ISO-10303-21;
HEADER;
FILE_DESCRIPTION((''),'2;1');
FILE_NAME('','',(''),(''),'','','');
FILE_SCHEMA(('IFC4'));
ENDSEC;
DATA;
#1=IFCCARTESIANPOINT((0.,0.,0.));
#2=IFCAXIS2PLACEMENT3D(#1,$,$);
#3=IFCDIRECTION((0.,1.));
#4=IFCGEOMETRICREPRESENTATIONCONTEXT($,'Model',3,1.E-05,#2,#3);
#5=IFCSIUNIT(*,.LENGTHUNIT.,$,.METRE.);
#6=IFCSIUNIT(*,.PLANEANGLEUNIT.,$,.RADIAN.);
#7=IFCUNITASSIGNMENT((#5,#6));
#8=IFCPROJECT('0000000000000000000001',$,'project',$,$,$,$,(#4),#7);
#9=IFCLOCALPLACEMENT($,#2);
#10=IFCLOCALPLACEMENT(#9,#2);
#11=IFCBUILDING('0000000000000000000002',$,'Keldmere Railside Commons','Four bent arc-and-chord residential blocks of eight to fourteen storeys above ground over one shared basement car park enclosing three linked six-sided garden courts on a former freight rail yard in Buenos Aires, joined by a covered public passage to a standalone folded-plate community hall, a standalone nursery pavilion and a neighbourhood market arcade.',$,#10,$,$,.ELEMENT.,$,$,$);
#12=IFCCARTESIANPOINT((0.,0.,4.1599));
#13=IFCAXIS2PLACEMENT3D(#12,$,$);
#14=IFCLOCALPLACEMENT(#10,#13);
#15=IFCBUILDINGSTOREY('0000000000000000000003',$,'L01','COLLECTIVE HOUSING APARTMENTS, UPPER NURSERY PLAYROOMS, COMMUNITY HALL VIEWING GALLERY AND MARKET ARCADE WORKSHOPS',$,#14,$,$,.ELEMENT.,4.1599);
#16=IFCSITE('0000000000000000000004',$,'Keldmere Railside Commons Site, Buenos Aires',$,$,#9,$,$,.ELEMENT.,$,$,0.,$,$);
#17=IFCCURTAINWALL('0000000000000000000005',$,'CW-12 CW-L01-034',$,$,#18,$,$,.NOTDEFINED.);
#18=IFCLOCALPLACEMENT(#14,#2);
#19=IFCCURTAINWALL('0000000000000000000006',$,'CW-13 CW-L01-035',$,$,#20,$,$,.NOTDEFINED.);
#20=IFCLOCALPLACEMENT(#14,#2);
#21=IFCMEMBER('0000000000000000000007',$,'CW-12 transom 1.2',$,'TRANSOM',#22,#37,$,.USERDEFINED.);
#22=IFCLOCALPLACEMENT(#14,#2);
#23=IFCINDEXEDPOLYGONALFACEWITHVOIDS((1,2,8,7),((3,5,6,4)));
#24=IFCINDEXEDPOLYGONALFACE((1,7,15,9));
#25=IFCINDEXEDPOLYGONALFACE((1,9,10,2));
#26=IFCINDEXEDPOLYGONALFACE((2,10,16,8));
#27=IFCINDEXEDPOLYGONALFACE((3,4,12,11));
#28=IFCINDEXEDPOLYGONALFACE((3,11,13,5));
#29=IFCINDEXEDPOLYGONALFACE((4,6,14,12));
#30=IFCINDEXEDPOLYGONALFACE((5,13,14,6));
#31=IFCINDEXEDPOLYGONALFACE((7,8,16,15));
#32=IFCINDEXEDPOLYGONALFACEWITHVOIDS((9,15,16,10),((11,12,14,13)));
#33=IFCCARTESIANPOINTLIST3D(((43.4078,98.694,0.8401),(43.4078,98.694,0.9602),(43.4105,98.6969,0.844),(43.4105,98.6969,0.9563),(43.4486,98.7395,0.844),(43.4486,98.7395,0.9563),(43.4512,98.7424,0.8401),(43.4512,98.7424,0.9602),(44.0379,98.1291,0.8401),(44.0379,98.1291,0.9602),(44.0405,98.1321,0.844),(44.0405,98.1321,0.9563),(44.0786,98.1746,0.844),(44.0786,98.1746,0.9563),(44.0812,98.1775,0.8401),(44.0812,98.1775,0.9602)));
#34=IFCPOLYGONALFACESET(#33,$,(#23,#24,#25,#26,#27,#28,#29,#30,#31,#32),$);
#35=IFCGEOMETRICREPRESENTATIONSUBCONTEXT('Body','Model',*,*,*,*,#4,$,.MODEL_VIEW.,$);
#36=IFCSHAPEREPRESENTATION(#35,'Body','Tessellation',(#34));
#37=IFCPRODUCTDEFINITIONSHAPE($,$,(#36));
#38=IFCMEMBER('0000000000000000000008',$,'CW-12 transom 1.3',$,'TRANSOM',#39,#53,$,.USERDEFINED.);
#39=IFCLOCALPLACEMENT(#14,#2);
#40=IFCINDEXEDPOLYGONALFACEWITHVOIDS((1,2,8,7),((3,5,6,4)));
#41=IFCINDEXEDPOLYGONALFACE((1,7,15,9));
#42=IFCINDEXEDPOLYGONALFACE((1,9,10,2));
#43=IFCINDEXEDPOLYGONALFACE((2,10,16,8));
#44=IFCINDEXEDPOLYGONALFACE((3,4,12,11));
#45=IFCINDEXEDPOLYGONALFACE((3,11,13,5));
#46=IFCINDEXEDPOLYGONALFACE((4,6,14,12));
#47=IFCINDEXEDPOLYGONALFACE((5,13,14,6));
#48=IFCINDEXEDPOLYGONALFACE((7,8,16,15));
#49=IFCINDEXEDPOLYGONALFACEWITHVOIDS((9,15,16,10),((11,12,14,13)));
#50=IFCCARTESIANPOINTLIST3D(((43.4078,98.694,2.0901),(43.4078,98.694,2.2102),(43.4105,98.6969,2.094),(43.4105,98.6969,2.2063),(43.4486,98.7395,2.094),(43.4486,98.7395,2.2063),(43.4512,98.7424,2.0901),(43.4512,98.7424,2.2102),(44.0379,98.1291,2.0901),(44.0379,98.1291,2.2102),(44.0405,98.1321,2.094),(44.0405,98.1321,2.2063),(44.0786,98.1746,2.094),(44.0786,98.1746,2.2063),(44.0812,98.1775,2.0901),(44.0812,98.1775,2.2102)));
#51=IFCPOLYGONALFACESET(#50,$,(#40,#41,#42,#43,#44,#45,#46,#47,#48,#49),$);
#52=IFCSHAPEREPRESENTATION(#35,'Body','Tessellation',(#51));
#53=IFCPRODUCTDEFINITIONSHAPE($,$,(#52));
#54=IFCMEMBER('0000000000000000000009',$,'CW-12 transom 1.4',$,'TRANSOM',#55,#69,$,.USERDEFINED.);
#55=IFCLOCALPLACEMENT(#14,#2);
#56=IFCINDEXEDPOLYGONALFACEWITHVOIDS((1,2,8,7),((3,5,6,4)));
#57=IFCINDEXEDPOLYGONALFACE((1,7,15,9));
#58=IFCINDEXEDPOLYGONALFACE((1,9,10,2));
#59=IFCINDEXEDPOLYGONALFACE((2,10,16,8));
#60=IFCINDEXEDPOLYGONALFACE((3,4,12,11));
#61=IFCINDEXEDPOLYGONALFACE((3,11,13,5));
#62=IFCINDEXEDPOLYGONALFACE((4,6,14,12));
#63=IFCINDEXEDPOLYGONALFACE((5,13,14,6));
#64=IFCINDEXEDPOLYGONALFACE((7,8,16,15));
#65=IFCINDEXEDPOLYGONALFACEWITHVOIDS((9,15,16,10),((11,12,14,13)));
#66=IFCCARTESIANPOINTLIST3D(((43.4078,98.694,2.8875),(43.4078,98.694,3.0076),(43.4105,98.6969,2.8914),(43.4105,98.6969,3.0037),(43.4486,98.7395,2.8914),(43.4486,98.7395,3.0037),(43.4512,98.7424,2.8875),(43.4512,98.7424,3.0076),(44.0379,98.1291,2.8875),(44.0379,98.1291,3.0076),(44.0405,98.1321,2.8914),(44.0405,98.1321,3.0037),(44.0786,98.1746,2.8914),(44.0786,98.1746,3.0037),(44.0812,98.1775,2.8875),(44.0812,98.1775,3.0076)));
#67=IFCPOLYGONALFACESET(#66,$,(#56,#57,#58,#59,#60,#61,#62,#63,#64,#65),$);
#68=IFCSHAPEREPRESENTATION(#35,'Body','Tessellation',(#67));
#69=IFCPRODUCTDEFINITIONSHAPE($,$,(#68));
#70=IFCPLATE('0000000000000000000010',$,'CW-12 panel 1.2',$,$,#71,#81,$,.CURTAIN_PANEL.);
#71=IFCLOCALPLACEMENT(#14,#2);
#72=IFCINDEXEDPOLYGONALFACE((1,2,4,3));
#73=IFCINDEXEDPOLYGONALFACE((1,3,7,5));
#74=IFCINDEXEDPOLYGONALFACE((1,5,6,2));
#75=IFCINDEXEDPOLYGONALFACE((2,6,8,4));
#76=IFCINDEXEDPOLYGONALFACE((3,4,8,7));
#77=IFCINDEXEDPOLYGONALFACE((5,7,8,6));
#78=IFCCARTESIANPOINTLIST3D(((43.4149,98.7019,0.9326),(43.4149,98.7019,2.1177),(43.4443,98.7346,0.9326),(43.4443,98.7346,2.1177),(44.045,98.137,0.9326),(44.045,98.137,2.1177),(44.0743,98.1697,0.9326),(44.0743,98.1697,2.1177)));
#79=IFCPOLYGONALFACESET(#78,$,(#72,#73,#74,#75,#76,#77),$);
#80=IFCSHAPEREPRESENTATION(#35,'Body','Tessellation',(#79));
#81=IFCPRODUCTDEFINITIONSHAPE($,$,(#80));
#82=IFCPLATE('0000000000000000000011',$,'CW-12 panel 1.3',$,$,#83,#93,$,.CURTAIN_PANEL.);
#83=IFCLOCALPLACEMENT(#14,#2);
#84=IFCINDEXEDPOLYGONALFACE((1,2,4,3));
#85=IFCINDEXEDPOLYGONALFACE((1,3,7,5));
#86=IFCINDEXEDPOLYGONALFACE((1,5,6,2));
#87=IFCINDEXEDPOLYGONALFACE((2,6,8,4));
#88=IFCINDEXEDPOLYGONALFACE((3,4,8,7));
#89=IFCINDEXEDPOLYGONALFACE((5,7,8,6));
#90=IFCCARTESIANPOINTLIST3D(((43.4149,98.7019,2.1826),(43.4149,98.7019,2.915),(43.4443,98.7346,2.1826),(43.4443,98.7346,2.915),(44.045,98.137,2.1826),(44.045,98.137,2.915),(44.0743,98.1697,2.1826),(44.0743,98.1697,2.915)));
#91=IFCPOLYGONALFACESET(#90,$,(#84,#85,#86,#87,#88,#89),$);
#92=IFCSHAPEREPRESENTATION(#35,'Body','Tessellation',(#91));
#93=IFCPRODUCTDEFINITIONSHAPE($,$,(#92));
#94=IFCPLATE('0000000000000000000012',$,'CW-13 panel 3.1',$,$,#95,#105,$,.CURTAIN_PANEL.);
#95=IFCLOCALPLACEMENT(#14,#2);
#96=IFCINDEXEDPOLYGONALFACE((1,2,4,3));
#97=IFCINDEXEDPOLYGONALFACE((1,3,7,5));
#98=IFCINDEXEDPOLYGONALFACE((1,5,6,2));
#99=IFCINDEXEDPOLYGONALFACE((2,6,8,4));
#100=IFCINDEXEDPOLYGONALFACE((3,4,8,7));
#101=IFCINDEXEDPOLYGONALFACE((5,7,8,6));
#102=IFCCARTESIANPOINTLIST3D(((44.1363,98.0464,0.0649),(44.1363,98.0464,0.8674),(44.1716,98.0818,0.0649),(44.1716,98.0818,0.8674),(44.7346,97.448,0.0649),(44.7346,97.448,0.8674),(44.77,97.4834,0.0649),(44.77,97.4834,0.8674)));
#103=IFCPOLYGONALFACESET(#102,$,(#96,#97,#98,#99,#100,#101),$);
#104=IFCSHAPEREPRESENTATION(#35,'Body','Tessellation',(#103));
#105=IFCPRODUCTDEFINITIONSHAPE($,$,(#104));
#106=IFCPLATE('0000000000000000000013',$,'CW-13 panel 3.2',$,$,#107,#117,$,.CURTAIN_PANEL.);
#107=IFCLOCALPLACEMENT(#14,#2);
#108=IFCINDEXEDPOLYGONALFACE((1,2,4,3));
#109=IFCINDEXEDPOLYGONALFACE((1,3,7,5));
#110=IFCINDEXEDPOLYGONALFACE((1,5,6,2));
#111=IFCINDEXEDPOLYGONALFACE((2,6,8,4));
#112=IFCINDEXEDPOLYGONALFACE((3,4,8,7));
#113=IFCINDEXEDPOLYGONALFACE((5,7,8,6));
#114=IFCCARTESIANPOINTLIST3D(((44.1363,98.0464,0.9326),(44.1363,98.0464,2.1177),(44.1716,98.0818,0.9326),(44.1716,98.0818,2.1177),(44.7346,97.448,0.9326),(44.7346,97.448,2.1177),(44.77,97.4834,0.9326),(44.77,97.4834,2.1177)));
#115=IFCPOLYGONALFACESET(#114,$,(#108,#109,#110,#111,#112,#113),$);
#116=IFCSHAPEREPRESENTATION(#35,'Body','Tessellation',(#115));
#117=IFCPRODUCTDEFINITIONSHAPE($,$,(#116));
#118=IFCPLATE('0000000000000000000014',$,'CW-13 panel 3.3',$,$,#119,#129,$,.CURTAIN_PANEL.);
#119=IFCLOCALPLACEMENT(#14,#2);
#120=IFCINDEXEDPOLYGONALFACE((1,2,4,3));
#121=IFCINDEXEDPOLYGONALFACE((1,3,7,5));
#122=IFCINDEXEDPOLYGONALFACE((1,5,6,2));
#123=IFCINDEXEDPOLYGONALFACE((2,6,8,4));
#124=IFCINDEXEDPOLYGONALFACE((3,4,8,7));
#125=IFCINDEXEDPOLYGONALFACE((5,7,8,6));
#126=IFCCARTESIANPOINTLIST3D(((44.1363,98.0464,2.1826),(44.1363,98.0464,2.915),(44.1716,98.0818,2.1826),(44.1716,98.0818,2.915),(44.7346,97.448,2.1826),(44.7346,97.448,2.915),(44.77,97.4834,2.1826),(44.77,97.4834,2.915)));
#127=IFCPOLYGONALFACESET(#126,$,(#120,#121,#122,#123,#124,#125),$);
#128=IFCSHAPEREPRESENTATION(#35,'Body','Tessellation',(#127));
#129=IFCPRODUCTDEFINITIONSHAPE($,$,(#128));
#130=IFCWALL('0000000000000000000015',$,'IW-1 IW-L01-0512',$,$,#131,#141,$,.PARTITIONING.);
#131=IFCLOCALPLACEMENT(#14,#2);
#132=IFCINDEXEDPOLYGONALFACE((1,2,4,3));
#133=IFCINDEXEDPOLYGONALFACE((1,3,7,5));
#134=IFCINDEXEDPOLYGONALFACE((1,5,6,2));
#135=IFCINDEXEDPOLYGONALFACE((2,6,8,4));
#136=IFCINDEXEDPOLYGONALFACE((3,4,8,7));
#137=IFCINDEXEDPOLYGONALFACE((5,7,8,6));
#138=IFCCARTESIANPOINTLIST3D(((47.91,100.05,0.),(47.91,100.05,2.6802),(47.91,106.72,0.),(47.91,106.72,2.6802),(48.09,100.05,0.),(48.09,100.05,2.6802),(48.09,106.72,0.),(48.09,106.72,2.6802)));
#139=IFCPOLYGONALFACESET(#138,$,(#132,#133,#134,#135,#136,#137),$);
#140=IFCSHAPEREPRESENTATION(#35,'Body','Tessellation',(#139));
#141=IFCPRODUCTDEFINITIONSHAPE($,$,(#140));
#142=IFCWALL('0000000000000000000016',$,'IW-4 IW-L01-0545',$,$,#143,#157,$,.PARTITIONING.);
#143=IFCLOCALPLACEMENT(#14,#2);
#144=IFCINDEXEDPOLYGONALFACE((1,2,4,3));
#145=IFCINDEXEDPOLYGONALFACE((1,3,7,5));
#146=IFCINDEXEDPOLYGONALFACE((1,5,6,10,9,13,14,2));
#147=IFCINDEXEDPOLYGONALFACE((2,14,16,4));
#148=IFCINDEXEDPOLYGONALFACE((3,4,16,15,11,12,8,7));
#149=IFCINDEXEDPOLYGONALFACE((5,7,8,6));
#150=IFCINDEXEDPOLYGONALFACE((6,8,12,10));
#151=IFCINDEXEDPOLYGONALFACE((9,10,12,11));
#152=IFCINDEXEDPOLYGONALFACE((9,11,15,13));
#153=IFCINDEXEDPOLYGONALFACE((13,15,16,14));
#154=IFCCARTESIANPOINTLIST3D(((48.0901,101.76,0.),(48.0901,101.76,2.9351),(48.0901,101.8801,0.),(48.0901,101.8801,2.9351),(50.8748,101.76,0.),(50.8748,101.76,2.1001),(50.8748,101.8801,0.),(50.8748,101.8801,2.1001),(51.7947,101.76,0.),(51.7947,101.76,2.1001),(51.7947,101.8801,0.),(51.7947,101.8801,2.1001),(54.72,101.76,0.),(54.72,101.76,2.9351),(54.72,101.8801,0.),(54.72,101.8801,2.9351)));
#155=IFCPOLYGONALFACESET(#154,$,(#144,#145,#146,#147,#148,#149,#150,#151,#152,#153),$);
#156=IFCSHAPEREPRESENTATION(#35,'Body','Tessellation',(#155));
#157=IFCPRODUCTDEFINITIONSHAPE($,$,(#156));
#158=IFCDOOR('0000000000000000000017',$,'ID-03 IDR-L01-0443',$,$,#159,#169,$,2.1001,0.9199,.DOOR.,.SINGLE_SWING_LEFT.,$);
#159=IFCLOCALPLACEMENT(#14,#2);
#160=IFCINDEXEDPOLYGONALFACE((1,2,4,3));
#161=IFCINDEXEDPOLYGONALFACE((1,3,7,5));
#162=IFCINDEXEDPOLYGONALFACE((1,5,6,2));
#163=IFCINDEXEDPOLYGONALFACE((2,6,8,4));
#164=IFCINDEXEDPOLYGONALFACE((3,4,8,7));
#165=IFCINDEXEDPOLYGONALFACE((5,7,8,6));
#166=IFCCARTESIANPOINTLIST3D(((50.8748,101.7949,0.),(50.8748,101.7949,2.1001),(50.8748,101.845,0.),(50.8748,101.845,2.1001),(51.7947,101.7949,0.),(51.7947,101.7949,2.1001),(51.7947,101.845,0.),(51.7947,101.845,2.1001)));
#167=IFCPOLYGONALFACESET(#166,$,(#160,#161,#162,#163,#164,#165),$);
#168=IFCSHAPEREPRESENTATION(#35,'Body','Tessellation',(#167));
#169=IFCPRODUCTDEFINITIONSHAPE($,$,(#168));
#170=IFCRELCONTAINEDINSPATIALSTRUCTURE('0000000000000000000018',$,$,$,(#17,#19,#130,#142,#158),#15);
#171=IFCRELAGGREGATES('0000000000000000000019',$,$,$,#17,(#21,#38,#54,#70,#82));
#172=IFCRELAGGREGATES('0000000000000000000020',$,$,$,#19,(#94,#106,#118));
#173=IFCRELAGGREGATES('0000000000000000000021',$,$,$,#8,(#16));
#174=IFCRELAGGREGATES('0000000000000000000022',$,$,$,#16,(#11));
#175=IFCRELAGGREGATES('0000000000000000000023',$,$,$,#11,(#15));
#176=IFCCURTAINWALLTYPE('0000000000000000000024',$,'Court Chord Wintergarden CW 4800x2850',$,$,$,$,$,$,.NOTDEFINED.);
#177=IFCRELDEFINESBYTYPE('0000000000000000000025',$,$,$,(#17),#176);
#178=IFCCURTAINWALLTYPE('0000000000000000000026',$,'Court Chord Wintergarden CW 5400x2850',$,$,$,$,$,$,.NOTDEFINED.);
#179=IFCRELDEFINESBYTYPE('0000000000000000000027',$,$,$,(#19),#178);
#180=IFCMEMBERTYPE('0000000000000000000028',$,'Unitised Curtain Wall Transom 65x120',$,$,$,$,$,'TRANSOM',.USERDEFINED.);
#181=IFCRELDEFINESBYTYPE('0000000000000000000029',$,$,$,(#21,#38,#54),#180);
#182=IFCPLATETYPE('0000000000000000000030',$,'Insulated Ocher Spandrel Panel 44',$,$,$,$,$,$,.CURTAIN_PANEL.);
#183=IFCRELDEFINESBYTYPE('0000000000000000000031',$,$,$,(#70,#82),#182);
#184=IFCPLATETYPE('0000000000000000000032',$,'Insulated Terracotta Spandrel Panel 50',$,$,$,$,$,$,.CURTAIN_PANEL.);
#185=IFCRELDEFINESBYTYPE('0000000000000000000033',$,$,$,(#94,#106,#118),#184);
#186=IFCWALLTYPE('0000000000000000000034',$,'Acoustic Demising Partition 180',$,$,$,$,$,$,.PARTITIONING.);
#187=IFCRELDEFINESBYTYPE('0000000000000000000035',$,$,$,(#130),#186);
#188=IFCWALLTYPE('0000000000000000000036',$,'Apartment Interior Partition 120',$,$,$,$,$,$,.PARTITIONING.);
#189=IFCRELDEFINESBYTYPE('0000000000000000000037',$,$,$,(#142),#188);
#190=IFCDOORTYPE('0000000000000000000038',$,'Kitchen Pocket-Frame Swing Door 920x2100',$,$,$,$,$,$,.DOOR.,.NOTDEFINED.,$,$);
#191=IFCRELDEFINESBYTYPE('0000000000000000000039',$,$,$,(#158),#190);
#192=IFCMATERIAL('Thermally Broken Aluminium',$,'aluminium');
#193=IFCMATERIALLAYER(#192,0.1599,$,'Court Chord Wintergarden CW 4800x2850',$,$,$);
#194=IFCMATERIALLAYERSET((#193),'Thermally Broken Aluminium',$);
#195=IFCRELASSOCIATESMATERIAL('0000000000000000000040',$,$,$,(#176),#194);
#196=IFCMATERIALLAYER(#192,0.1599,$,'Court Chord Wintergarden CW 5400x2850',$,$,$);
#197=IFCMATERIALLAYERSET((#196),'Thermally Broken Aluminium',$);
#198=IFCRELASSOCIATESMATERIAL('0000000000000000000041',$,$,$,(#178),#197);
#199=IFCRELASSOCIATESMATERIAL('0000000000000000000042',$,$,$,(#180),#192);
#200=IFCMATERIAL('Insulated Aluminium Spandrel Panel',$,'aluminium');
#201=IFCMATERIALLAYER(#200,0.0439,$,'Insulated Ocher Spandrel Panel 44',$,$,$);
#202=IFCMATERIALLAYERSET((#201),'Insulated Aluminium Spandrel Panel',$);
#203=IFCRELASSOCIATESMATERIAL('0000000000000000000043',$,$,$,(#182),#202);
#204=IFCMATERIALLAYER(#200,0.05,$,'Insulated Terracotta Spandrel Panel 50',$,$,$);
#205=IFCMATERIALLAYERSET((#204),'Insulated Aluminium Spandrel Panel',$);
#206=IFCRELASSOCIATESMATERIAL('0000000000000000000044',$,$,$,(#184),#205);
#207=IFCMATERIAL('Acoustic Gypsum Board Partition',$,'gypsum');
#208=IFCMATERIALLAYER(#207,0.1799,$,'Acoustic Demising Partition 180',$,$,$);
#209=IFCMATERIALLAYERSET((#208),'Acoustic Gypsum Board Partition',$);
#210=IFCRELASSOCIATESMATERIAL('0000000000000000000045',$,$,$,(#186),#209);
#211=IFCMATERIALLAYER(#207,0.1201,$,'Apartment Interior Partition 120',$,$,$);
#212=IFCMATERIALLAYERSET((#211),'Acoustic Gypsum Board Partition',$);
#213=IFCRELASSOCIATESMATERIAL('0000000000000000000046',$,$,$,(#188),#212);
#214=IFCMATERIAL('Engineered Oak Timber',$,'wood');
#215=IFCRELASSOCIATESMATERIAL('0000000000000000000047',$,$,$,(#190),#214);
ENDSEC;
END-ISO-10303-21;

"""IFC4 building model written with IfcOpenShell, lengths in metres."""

from ifc_helpers import new_model, si_unit, direction, frame, frame_2d, origin, origin_2d, place, context, subcontext, project, spatial, rectangle, hollow_rectangle, extrude, material, layer, layer_set, material_profile, profile_set, type_object, element, fill, aggregate, save


model = new_model("IFC4")

# Units and contexts
model_context = context("Model", 3, precision=1e-05, world=origin(), true_north=direction((0.0, 1.0)))
body_context = subcontext(model_context, "Body", "Model", "MODEL_VIEW")
ifc_project = project(units=[si_unit("LENGTHUNIT", "METRE"), si_unit("PLANEANGLEUNIT", "RADIAN")], contexts=[model_context])

# Site, building, storey
site_placement = place(None, origin())
site = spatial("IfcSite", under=ifc_project, at=site_placement, Name="Keldmere Railside Commons Site, Buenos Aires", CompositionType="ELEMENT", RefElevation=0.0)
building_placement = place(site_placement, origin())
building = spatial("IfcBuilding", under=site, at=building_placement, Name="Keldmere Railside Commons", Description="Four bent arc-and-chord residential blocks of eight to fourteen storeys above ground over one shared basement car park enclosing three linked six-sided garden courts on a former freight rail yard in Buenos Aires, joined by a covered public passage to a standalone folded-plate community hall, a standalone nursery pavilion and a neighbourhood market arcade.", CompositionType="ELEMENT")
storey_placement = place(building_placement, frame((0.0, 0.0, 4.1599)))
storey = spatial("IfcBuildingStorey", under=building, at=storey_placement, Name="L01", Description="COLLECTIVE HOUSING APARTMENTS, UPPER NURSERY PLAYROOMS, COMMUNITY HALL VIEWING GALLERY AND MARKET ARCADE WORKSHOPS", CompositionType="ELEMENT", Elevation=4.1599)

# Curtain walls
ifc_material_1 = material(Name="Thermally Broken Aluminium", Category="aluminium")
ifc_layer_1 = layer(ifc_material_1, 0.1599, Name="Court Chord Wintergarden CW 4800x2850")
ifc_layer_set_1 = layer_set([ifc_layer_1], Name="Thermally Broken Aluminium")
curtain_wall_type_1 = type_object("IfcCurtainWallType", Name="Court Chord Wintergarden CW 4800x2850", PredefinedType="NOTDEFINED", material=ifc_layer_set_1)
curtain_wall_1_placement = place(storey_placement, origin())
curtain_wall_1 = element("IfcCurtainWall", 1, at=curtain_wall_1_placement, inside=storey, type_object=curtain_wall_type_1, Name="CW-12 CW-L01-034", PredefinedType="NOTDEFINED")
ifc_layer_2 = layer(ifc_material_1, 0.1599, Name="Court Chord Wintergarden CW 5400x2850")
ifc_layer_set_2 = layer_set([ifc_layer_2], Name="Thermally Broken Aluminium")
curtain_wall_type_2 = type_object("IfcCurtainWallType", Name="Court Chord Wintergarden CW 5400x2850", PredefinedType="NOTDEFINED", material=ifc_layer_set_2)
curtain_wall_2_placement = place(storey_placement, origin())
curtain_wall_2 = element("IfcCurtainWall", 2, at=curtain_wall_2_placement, inside=storey, type_object=curtain_wall_type_2, Name="CW-13 CW-L01-035", PredefinedType="NOTDEFINED")

# Members
ifc_material_profile_1 = material_profile(ifc_material_1, hollow_rectangle(XDim=0.0649, YDim=0.1201, WallThickness=0.0039, at=origin_2d()), Name="ALU-TRAN-65x120")
ifc_profile_set_1 = profile_set([ifc_material_profile_1], Name="Thermally Broken Aluminium")
member_type_1 = type_object("IfcMemberType", Name="Unitised Curtain Wall Transom 65x120", ElementType="TRANSOM", PredefinedType="USERDEFINED", material=ifc_profile_set_1)
member_1_placement = place(storey_placement, frame((44.0596, 98.1533, 0.9001), z_axis=(-0.744569, 0.667545, 0.0), x_axis=(-0.667545, -0.744569, 0.0)))
member_1 = element("IfcMember", 3, at=member_1_placement, type_object=member_type_1, Name="CW-12 transom 1.2", ObjectType="TRANSOM", PredefinedType="USERDEFINED", context=body_context, shape_type="SweptSolid", body=[
    extrude(hollow_rectangle(XDim=0.0649, YDim=0.1201, WallThickness=0.0039, at=origin_2d()), origin(), (0.0, 0.0, 1.0), 0.8462),
])
member_2_placement = place(storey_placement, frame((44.0596, 98.1533, 2.1501), z_axis=(-0.744569, 0.667545, 0.0), x_axis=(-0.667545, -0.744569, 0.0)))
member_2 = element("IfcMember", 4, at=member_2_placement, type_object=member_type_1, Name="CW-12 transom 1.3", ObjectType="TRANSOM", PredefinedType="USERDEFINED", context=body_context, shape_type="SweptSolid", body=[
    extrude(hollow_rectangle(XDim=0.0649, YDim=0.1201, WallThickness=0.0039, at=origin_2d()), origin(), (0.0, 0.0, 1.0), 0.8462),
])
member_3_placement = place(storey_placement, frame((44.0596, 98.1533, 2.9475), z_axis=(-0.744569, 0.667545, 0.0), x_axis=(-0.667545, -0.744569, 0.0)))
member_3 = element("IfcMember", 5, at=member_3_placement, type_object=member_type_1, Name="CW-12 transom 1.4", ObjectType="TRANSOM", PredefinedType="USERDEFINED", context=body_context, shape_type="SweptSolid", body=[
    extrude(hollow_rectangle(XDim=0.0649, YDim=0.1201, WallThickness=0.0039, at=origin_2d()), origin(), (0.0, 0.0, 1.0), 0.8462),
])

# Plates
ifc_material_2 = material(Name="Insulated Aluminium Spandrel Panel", Category="aluminium")
ifc_layer_3 = layer(ifc_material_2, 0.0439, Name="Insulated Ocher Spandrel Panel 44")
ifc_layer_set_3 = layer_set([ifc_layer_3], Name="Insulated Aluminium Spandrel Panel")
plate_type_1 = type_object("IfcPlateType", Name="Insulated Ocher Spandrel Panel 44", PredefinedType="CURTAIN_PANEL", material=ifc_layer_set_3)
plate_1_placement = place(storey_placement, frame((43.7446, 98.4358, 0.9326), z_axis=(0.0, 0.0, 1.0), x_axis=(-0.744557, 0.667559, 0.0)))
plate_1 = element("IfcPlate", 6, at=plate_1_placement, type_object=plate_type_1, Name="CW-12 panel 1.2", PredefinedType="CURTAIN_PANEL", context=body_context, shape_type="SweptSolid", body=[
    extrude(rectangle(XDim=0.8462, YDim=0.0439, at=origin_2d()), origin(), (0.0, 0.0, 1.0), 1.1851),
])
plate_2_placement = place(storey_placement, frame((43.7446, 98.4358, 2.1826), z_axis=(0.0, 0.0, 1.0), x_axis=(-0.744557, 0.667559, 0.0)))
plate_2 = element("IfcPlate", 7, at=plate_2_placement, type_object=plate_type_1, Name="CW-12 panel 1.3", PredefinedType="CURTAIN_PANEL", context=body_context, shape_type="SweptSolid", body=[
    extrude(rectangle(XDim=0.8462, YDim=0.0439, at=origin_2d()), origin(), (0.0, 0.0, 1.0), 0.7324),
])
aggregate(curtain_wall_1, [member_1, member_2, member_3, plate_1, plate_2])
ifc_layer_4 = layer(ifc_material_2, 0.05, Name="Insulated Terracotta Spandrel Panel 50")
ifc_layer_set_4 = layer_set([ifc_layer_4], Name="Insulated Aluminium Spandrel Panel")
plate_type_2 = type_object("IfcPlateType", Name="Insulated Terracotta Spandrel Panel 50", PredefinedType="CURTAIN_PANEL", material=ifc_layer_set_4)
plate_3_placement = place(storey_placement, frame((44.4531, 97.7649, 0.0649), z_axis=(0.0, 0.0, 1.0), x_axis=(-0.707107, 0.707107, 0.0)))
plate_3 = element("IfcPlate", 8, at=plate_3_placement, type_object=plate_type_2, Name="CW-13 panel 3.1", PredefinedType="CURTAIN_PANEL", context=body_context, shape_type="SweptSolid", body=[
    extrude(rectangle(XDim=0.8462, YDim=0.05, at=origin_2d()), origin(), (0.0, 0.0, 1.0), 0.8025),
])
plate_4_placement = place(storey_placement, frame((44.4531, 97.7649, 0.9326), z_axis=(0.0, 0.0, 1.0), x_axis=(-0.707107, 0.707107, 0.0)))
plate_4 = element("IfcPlate", 9, at=plate_4_placement, type_object=plate_type_2, Name="CW-13 panel 3.2", PredefinedType="CURTAIN_PANEL", context=body_context, shape_type="SweptSolid", body=[
    extrude(rectangle(XDim=0.8462, YDim=0.05, at=origin_2d()), origin(), (0.0, 0.0, 1.0), 1.1851),
])
plate_5_placement = place(storey_placement, frame((44.4531, 97.7649, 2.1826), z_axis=(0.0, 0.0, 1.0), x_axis=(-0.707107, 0.707107, 0.0)))
plate_5 = element("IfcPlate", 10, at=plate_5_placement, type_object=plate_type_2, Name="CW-13 panel 3.3", PredefinedType="CURTAIN_PANEL", context=body_context, shape_type="SweptSolid", body=[
    extrude(rectangle(XDim=0.8462, YDim=0.05, at=origin_2d()), origin(), (0.0, 0.0, 1.0), 0.7324),
])
aggregate(curtain_wall_2, [plate_3, plate_4, plate_5])

# Wall
ifc_material_3 = material(Name="Acoustic Gypsum Board Partition", Category="gypsum")
ifc_layer_5 = layer(ifc_material_3, 0.1799, Name="Acoustic Demising Partition 180")
ifc_layer_set_5 = layer_set([ifc_layer_5], Name="Acoustic Gypsum Board Partition")
wall_type_1 = type_object("IfcWallType", Name="Acoustic Demising Partition 180", PredefinedType="PARTITIONING", material=ifc_layer_set_5)
wall_1_placement = place(storey_placement, frame((48.0, 100.05, 0.0), z_axis=(0.0, 0.0, 1.0), x_axis=(0.0, 1.0, 0.0)))
element("IfcWall", 11, at=wall_1_placement, inside=storey, type_object=wall_type_1, Name="IW-1 IW-L01-0512", PredefinedType="PARTITIONING", context=body_context, shape_type="SweptSolid", body=[
    extrude(rectangle(XDim=6.6699, YDim=0.1799, at=frame_2d((3.335, 0.0))), origin(), (0.0, 0.0, 1.0), 2.6802),
])

# Wall, opening, door
ifc_layer_6 = layer(ifc_material_3, 0.1201, Name="Apartment Interior Partition 120")
ifc_layer_set_6 = layer_set([ifc_layer_6], Name="Acoustic Gypsum Board Partition")
wall_type_2 = type_object("IfcWallType", Name="Apartment Interior Partition 120", PredefinedType="PARTITIONING", material=ifc_layer_set_6)
wall_2_placement = place(storey_placement, frame((48.0901, 101.8201, 0.0), z_axis=(0.0, 0.0, 1.0), x_axis=(1.0, 0.0, 0.0)))
wall_2 = element("IfcWall", 12, at=wall_2_placement, inside=storey, type_object=wall_type_2, Name="IW-4 IW-L01-0545", PredefinedType="PARTITIONING", context=body_context, shape_type="SweptSolid", body=[
    extrude(rectangle(XDim=6.6299, YDim=0.1201, at=frame_2d((3.3149, 0.0))), origin(), (0.0, 0.0, 1.0), 2.9351),
])
opening_1_placement = place(wall_2_placement, frame((2.7847, 0.0, 0.0)))
opening_1 = element("IfcOpeningElement", 13, at=opening_1_placement, cuts=wall_2, PredefinedType="OPENING", context=body_context, shape_type="SweptSolid", body=[
    extrude(rectangle(XDim=0.9199, YDim=2.1001, at=frame_2d((0.46, 1.05))), frame((0.0, 0.0701, 0.0), z_axis=(0.0, -1.0, 0.0), x_axis=(1.0, 0.0, 0.0)), (0.0, 0.0, 1.0), 0.1401),
])
ifc_material_4 = material(Name="Engineered Oak Timber", Category="wood")
door_type_1 = type_object("IfcDoorType", Name="Kitchen Pocket-Frame Swing Door 920x2100", OperationType="NOTDEFINED", PredefinedType="DOOR", material=ifc_material_4)
door_1_placement = place(opening_1_placement, origin())
door_1 = element("IfcDoor", 14, at=door_1_placement, inside=storey, type_object=door_type_1, Name="ID-03 IDR-L01-0443", OperationType="SINGLE_SWING_LEFT", OverallHeight=2.1001, OverallWidth=0.9199, PredefinedType="DOOR", context=body_context, shape_type="SweptSolid", body=[
    extrude(rectangle(XDim=0.9199, YDim=2.1001, at=frame_2d((0.46, 1.05))), frame((0.0, 0.0249, 0.0), z_axis=(0.0, -1.0, 0.0), x_axis=(1.0, 0.0, 0.0)), (0.0, 0.0, 1.0), 0.05),
])
fill(opening_1, door_1)

save(model, "model.ifc")
